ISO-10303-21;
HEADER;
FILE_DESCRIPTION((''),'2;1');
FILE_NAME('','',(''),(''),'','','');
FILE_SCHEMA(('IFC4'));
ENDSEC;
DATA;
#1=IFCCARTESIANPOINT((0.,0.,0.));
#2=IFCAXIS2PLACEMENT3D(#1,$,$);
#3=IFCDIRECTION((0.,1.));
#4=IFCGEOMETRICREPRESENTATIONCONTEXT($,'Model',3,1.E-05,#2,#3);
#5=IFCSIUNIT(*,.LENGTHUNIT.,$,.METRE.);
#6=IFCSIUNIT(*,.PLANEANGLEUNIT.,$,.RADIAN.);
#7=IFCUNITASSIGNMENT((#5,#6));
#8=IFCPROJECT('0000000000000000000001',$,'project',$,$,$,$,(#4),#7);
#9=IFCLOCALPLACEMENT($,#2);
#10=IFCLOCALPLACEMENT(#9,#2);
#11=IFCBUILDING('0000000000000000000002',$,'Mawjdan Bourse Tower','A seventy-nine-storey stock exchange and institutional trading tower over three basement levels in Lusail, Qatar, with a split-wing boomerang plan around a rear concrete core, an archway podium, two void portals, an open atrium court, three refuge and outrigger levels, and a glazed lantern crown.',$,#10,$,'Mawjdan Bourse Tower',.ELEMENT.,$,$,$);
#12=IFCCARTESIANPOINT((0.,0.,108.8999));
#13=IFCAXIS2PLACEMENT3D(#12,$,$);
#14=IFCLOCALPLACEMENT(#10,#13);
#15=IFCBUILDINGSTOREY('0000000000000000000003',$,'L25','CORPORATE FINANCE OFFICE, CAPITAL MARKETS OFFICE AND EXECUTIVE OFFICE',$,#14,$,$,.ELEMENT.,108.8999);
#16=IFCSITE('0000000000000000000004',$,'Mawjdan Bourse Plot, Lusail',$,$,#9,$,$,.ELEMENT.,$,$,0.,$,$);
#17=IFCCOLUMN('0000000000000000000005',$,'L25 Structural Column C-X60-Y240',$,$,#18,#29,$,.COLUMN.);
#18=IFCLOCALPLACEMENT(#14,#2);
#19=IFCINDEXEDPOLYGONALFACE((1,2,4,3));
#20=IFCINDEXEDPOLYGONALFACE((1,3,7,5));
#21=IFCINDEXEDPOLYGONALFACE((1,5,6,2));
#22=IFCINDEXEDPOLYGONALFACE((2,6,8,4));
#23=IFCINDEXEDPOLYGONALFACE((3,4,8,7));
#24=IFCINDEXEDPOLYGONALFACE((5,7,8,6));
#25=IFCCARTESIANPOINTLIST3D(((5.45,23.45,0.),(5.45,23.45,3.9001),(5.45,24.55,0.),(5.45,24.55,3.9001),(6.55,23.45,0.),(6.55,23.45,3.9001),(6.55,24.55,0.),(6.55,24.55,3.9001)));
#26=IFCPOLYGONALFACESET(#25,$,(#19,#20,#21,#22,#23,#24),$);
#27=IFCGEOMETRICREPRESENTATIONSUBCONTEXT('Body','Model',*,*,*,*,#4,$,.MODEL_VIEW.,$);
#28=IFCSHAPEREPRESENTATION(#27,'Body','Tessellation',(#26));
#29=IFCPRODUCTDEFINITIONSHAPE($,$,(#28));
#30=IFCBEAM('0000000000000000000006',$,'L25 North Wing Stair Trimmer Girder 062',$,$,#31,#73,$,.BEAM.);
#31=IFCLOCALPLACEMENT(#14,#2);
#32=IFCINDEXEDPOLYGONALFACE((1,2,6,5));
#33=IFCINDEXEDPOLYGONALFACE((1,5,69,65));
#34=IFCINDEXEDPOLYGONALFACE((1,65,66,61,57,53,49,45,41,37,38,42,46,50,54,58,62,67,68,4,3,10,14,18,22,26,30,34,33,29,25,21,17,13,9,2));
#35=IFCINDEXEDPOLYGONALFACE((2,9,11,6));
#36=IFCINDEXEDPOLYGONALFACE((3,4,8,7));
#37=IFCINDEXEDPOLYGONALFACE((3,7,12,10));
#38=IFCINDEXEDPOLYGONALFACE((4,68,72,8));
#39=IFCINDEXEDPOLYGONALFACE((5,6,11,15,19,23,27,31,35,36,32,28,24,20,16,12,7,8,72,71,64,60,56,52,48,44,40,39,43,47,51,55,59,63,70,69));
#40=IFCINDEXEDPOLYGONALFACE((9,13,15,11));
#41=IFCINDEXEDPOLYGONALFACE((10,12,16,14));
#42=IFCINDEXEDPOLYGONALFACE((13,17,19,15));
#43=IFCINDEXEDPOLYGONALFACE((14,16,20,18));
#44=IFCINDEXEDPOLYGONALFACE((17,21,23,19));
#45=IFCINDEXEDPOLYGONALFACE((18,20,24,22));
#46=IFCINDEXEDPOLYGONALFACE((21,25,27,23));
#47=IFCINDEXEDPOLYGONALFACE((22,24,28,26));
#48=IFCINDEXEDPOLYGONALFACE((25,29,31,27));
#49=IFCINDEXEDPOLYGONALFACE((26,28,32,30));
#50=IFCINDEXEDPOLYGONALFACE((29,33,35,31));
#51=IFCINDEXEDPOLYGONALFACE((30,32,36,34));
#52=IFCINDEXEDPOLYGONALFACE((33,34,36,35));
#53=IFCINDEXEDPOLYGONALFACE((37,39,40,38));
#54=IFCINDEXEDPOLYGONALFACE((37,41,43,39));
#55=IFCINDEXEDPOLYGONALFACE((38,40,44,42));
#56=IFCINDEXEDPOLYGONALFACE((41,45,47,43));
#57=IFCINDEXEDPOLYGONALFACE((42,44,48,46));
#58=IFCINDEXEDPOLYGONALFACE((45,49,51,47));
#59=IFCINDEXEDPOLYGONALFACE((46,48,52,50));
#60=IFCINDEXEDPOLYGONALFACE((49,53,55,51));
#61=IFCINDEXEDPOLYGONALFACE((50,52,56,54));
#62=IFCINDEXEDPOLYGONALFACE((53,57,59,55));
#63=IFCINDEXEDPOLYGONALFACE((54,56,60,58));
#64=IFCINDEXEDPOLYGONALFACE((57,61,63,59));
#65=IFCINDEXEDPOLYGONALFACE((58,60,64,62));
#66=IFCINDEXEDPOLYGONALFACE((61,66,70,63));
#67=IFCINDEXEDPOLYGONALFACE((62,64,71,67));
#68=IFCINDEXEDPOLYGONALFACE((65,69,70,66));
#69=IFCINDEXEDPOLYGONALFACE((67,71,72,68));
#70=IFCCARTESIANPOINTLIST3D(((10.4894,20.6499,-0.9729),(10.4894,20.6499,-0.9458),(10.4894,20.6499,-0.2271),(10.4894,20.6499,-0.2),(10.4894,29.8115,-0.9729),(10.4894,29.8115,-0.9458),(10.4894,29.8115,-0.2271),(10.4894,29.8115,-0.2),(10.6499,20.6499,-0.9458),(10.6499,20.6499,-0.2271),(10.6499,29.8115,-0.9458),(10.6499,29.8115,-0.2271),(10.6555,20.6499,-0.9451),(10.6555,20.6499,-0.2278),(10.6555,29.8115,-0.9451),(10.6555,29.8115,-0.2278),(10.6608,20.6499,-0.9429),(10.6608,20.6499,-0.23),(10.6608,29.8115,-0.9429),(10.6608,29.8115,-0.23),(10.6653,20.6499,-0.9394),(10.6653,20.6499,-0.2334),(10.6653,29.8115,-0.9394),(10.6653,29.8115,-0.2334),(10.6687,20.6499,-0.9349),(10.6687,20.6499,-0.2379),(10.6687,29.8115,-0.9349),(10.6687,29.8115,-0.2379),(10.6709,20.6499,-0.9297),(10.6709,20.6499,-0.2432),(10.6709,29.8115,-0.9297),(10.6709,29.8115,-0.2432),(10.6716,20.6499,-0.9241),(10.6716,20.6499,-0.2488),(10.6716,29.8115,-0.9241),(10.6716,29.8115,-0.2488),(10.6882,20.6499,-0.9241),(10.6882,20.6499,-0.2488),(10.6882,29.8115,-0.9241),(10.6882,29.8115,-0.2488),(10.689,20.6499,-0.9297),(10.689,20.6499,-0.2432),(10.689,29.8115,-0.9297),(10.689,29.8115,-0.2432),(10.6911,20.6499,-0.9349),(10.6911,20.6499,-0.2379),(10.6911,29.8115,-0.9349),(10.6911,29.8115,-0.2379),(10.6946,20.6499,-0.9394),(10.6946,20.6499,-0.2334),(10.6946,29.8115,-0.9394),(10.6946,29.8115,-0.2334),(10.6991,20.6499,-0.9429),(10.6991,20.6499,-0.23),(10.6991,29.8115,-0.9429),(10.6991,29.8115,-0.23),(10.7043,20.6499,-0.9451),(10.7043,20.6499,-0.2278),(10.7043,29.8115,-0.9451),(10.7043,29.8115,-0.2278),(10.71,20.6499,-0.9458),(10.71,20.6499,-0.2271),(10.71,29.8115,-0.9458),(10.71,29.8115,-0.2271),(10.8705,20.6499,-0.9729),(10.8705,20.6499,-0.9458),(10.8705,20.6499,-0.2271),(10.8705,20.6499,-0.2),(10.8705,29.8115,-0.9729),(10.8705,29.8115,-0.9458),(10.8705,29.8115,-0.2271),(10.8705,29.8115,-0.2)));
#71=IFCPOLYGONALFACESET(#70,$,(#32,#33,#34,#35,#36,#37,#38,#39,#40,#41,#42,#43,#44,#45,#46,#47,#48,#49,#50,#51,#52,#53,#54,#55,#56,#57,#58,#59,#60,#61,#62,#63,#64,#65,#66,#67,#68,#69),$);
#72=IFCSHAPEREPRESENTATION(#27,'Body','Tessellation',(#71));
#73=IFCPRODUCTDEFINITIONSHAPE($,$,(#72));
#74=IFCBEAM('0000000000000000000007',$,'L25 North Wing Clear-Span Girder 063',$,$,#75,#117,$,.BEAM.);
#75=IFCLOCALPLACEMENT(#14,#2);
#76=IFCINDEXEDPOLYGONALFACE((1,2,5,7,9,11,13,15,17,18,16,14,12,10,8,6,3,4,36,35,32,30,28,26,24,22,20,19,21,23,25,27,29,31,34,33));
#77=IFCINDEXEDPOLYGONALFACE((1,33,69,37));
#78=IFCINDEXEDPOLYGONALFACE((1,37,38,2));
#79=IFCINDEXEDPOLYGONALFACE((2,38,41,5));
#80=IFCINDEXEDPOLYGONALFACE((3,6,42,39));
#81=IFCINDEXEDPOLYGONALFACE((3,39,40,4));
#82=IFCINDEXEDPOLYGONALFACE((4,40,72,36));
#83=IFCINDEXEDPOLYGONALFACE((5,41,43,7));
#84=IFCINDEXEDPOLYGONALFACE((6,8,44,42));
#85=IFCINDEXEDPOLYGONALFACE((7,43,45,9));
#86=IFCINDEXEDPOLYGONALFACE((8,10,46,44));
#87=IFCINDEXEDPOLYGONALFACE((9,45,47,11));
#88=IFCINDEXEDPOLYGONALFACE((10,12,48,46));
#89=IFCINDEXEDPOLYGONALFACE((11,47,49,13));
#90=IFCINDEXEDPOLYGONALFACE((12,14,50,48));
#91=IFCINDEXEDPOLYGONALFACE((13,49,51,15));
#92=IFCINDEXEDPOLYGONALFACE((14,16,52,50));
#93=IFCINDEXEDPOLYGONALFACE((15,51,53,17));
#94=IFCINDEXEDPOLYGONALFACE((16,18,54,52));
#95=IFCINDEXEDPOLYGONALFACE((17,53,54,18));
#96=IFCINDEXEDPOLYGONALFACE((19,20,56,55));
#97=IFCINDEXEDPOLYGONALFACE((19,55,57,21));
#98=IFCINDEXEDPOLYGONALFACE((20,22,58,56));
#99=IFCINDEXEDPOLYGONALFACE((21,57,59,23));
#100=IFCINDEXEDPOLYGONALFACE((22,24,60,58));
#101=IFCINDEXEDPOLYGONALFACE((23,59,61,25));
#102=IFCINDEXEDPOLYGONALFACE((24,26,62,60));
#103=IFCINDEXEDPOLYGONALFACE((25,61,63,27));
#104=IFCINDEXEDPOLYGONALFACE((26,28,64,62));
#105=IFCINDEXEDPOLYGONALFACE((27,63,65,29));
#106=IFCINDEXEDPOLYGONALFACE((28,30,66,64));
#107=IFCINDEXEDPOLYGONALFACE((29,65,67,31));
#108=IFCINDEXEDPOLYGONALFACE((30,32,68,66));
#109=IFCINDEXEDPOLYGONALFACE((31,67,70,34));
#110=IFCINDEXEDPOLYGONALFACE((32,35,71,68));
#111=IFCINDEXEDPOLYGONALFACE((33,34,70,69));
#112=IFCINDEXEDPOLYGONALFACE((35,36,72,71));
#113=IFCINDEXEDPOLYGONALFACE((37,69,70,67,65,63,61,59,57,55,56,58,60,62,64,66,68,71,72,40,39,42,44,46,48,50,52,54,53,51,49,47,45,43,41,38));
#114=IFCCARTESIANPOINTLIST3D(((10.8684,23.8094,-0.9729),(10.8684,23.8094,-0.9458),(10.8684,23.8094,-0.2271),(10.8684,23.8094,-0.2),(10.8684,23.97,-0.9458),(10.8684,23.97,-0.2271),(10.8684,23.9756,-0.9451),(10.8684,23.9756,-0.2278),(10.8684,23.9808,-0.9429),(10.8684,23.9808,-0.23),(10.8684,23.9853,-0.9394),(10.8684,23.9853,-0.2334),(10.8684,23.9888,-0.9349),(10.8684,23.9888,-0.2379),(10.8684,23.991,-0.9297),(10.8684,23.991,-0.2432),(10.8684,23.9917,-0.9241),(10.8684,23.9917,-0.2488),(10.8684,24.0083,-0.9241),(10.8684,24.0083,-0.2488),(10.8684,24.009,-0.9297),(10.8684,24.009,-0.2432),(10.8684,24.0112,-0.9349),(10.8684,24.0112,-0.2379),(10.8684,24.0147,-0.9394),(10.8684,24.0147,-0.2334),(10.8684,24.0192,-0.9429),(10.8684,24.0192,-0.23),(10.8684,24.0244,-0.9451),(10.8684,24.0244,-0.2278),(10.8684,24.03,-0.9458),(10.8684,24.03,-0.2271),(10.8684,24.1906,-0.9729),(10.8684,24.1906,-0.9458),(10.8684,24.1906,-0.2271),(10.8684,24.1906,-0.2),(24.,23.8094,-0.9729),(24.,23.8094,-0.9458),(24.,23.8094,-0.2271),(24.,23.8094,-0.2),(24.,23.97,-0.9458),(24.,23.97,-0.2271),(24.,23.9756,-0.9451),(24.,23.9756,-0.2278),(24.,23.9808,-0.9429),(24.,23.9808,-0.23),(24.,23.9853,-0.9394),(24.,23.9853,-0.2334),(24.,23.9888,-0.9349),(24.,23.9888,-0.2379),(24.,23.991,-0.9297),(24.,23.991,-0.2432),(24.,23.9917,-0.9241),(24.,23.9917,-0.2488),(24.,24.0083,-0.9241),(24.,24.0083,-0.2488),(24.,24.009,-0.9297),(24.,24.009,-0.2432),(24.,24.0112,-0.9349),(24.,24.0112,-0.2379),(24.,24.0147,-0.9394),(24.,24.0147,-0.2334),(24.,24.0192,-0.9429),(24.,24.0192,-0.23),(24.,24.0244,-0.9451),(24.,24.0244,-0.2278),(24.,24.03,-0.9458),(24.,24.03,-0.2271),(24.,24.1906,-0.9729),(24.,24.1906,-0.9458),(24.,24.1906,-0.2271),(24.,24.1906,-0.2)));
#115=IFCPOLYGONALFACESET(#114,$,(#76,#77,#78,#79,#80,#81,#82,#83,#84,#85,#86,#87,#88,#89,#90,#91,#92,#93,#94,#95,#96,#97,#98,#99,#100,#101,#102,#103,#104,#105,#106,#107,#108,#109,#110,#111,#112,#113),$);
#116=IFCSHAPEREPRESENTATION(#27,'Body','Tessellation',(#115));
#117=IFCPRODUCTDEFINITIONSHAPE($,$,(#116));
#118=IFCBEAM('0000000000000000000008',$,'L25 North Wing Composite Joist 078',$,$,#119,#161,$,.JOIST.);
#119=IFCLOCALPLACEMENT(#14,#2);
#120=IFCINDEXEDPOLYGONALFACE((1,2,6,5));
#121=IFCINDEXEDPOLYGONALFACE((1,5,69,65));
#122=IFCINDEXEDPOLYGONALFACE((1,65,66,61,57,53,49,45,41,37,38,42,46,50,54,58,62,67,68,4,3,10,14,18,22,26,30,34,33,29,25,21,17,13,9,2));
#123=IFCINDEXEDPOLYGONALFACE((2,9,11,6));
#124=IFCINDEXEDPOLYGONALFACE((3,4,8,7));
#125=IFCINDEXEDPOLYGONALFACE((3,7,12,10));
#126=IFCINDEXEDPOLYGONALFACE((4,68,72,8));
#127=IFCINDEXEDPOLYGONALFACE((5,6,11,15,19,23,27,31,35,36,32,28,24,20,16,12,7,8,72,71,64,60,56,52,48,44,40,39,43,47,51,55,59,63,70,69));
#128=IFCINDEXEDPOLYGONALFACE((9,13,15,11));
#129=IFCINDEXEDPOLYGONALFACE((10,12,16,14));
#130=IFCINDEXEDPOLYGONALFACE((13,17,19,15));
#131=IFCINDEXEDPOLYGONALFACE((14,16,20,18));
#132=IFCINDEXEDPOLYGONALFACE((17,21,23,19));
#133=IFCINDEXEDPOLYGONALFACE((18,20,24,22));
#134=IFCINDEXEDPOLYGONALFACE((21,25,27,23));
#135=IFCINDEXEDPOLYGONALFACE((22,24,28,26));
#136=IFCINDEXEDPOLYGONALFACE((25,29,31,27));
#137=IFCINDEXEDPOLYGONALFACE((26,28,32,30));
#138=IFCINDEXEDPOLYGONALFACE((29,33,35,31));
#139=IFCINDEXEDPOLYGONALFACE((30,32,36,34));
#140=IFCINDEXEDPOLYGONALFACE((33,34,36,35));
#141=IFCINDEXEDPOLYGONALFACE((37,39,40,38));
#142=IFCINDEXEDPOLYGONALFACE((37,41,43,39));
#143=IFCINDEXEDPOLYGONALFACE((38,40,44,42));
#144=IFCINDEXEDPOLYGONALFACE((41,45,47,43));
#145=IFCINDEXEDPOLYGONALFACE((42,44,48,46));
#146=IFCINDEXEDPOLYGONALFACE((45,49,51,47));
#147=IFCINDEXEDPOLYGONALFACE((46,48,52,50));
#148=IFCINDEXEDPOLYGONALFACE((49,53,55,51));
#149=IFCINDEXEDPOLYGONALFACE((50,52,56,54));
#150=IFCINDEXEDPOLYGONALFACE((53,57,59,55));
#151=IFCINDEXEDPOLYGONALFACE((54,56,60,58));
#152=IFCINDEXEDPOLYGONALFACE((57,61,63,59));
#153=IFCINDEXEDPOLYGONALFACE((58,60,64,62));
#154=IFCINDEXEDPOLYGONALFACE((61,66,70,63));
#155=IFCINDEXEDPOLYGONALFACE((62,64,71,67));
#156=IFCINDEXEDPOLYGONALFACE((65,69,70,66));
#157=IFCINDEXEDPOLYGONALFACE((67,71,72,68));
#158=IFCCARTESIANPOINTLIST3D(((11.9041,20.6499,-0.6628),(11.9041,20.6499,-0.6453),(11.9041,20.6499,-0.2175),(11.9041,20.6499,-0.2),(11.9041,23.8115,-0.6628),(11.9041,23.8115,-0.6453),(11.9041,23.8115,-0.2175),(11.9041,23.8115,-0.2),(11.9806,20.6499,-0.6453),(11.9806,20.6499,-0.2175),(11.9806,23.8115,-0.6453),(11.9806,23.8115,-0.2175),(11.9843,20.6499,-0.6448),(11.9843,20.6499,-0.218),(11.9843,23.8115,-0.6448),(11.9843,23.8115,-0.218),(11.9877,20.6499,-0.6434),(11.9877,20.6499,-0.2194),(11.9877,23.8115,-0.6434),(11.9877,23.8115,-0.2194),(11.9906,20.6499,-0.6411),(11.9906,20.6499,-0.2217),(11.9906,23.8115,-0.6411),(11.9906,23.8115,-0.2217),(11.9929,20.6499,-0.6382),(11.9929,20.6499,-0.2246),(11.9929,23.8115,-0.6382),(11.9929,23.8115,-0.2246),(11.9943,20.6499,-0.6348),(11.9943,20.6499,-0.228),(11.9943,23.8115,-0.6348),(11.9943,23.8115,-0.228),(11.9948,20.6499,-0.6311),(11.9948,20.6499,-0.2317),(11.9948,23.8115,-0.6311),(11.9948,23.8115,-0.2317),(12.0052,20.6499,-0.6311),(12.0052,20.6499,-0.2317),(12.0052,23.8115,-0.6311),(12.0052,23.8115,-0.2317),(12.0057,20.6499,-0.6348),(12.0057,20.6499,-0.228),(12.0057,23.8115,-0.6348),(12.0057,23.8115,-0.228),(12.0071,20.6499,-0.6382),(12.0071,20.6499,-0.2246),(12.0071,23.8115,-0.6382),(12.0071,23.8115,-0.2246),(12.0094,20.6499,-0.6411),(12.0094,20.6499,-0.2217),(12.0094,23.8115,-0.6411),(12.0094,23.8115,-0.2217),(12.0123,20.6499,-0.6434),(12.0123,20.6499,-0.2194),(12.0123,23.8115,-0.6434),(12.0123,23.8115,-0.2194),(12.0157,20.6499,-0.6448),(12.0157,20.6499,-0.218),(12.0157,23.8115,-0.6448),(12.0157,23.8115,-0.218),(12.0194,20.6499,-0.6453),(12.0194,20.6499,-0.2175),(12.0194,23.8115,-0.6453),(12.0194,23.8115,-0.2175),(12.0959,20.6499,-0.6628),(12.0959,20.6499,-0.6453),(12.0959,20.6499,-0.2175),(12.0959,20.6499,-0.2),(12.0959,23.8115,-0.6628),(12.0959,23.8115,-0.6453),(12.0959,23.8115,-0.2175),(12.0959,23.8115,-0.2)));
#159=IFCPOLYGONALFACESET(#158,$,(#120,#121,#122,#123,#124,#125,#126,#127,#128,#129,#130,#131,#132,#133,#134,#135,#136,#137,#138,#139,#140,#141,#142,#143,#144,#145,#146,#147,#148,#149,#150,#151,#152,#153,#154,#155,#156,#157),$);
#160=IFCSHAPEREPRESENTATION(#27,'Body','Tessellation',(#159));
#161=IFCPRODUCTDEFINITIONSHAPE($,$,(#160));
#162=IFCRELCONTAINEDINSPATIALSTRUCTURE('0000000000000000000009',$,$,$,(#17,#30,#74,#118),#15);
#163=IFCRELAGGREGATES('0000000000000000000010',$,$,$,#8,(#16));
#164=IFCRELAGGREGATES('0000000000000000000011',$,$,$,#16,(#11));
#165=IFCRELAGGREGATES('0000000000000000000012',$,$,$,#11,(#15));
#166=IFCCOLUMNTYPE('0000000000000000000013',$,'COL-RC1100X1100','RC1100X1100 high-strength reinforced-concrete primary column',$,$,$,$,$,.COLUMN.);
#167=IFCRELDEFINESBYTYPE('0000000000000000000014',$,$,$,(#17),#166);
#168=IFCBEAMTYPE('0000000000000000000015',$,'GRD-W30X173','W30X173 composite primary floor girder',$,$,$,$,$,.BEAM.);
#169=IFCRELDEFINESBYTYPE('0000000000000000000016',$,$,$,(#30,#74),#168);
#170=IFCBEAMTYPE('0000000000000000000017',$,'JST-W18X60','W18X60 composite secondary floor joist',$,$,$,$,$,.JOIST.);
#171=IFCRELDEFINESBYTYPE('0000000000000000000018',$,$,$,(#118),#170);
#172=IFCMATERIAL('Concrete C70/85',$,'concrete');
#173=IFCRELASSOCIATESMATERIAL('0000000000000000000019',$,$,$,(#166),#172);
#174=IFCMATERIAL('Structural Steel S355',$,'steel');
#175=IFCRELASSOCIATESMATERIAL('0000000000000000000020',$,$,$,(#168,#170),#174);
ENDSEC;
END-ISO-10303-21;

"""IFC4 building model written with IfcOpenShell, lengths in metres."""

from ifc_helpers import new_model, si_unit, direction, frame, origin, origin_2d, place, context, subcontext, project, spatial, rectangle, i_section, extrude, material, material_profile, profile_set, type_object, element, save


model = new_model("IFC4")

# Units and contexts
model_context = context("Model", 3, precision=1e-05, world=origin(), true_north=direction((0.0, 1.0)))
body_context = subcontext(model_context, "Body", "Model", "MODEL_VIEW")
ifc_project = project(units=[si_unit("LENGTHUNIT", "METRE"), si_unit("PLANEANGLEUNIT", "RADIAN")], contexts=[model_context])

# Site, building, storey
site_placement = place(None, origin())
site = spatial("IfcSite", under=ifc_project, at=site_placement, Name="Mawjdan Bourse Plot, Lusail", CompositionType="ELEMENT", RefElevation=0.0)
building_placement = place(site_placement, origin())
building = spatial("IfcBuilding", under=site, at=building_placement, Name="Mawjdan Bourse Tower", Description="A seventy-nine-storey stock exchange and institutional trading tower over three basement levels in Lusail, Qatar, with a split-wing boomerang plan around a rear concrete core, an archway podium, two void portals, an open atrium court, three refuge and outrigger levels, and a glazed lantern crown.", LongName="Mawjdan Bourse Tower", CompositionType="ELEMENT")
storey_placement = place(building_placement, frame((0.0, 0.0, 108.8999)))
storey = spatial("IfcBuildingStorey", under=building, at=storey_placement, Name="L25", Description="CORPORATE FINANCE OFFICE, CAPITAL MARKETS OFFICE AND EXECUTIVE OFFICE", CompositionType="ELEMENT", Elevation=108.8999)

# Column
ifc_material_1 = material(Name="Concrete C70/85", Category="concrete")
ifc_material_profile_1 = material_profile(ifc_material_1, rectangle(XDim=1.1001, YDim=1.1001, at=origin_2d()), Name="RC1100X1100")
ifc_profile_set_1 = profile_set([ifc_material_profile_1], Name="Concrete C70/85")
column_type = type_object("IfcColumnType", Name="COL-RC1100X1100", Description="RC1100X1100 high-strength reinforced-concrete primary column", PredefinedType="COLUMN", material=ifc_profile_set_1)
column_placement = place(storey_placement, frame((6.0, 24.0, 0.0), z_axis=(0.0, 0.0, 1.0), x_axis=(1.0, 0.0, 0.0)))
element("IfcColumn", 1, at=column_placement, inside=storey, type_object=column_type, Name="L25 Structural Column C-X60-Y240", PredefinedType="COLUMN", context=body_context, shape_type="SweptSolid", body=[
    extrude(rectangle(XDim=1.1001, YDim=1.1001, at=origin_2d()), origin(), (0.0, 0.0, 1.0), 3.9001),
])

# Beams
ifc_material_2 = material(Name="Structural Steel S355", Category="steel")
ifc_material_profile_2 = material_profile(ifc_material_2, i_section(OverallWidth=0.3811, OverallDepth=0.7729, WebThickness=0.0166, FlangeThickness=0.0271, FilletRadius=0.0217, at=origin_2d()), Name="W30X173")
ifc_profile_set_2 = profile_set([ifc_material_profile_2], Name="Structural Steel S355")
beam_type_1 = type_object("IfcBeamType", Name="GRD-W30X173", Description="W30X173 composite primary floor girder", PredefinedType="BEAM", material=ifc_profile_set_2)
beam_1_placement = place(storey_placement, frame((10.6799, 20.6499, -0.5864), z_axis=(0.0, 1.0, 0.0), x_axis=(-1.0, 0.0, 0.0)))
element("IfcBeam", 2, at=beam_1_placement, inside=storey, type_object=beam_type_1, Name="L25 North Wing Stair Trimmer Girder 062", PredefinedType="BEAM", context=body_context, shape_type="SweptSolid", body=[
    extrude(i_section(OverallWidth=0.3811, OverallDepth=0.7729, WebThickness=0.0166, FlangeThickness=0.0271, FilletRadius=0.0217, at=origin_2d()), origin(), (0.0, 0.0, 1.0), 9.1616),
])
beam_2_placement = place(storey_placement, frame((10.8684, 24.0, -0.5864), z_axis=(1.0, 0.0, 0.0), x_axis=(0.0, 1.0, 0.0)))
element("IfcBeam", 3, at=beam_2_placement, inside=storey, type_object=beam_type_1, Name="L25 North Wing Clear-Span Girder 063", PredefinedType="BEAM", context=body_context, shape_type="SweptSolid", body=[
    extrude(i_section(OverallWidth=0.3811, OverallDepth=0.7729, WebThickness=0.0166, FlangeThickness=0.0271, FilletRadius=0.0217, at=origin_2d()), origin(), (0.0, 0.0, 1.0), 13.1316),
])
ifc_material_profile_3 = material_profile(ifc_material_2, i_section(OverallWidth=0.1919, OverallDepth=0.4629, WebThickness=0.0105, FlangeThickness=0.0176, FilletRadius=0.0142, at=origin_2d()), Name="W18X60")
ifc_profile_set_3 = profile_set([ifc_material_profile_3], Name="Structural Steel S355")
beam_type_2 = type_object("IfcBeamType", Name="JST-W18X60", Description="W18X60 composite secondary floor joist", PredefinedType="JOIST", material=ifc_profile_set_3)
beam_3_placement = place(storey_placement, frame((12.0, 20.6499, -0.4314), z_axis=(0.0, 1.0, 0.0), x_axis=(-1.0, 0.0, 0.0)))
element("IfcBeam", 4, at=beam_3_placement, inside=storey, type_object=beam_type_2, Name="L25 North Wing Composite Joist 078", PredefinedType="JOIST", context=body_context, shape_type="SweptSolid", body=[
    extrude(i_section(OverallWidth=0.1919, OverallDepth=0.4629, WebThickness=0.0105, FlangeThickness=0.0176, FilletRadius=0.0142, at=origin_2d()), origin(), (0.0, 0.0, 1.0), 3.1616),
])

save(model, "model.ifc")
